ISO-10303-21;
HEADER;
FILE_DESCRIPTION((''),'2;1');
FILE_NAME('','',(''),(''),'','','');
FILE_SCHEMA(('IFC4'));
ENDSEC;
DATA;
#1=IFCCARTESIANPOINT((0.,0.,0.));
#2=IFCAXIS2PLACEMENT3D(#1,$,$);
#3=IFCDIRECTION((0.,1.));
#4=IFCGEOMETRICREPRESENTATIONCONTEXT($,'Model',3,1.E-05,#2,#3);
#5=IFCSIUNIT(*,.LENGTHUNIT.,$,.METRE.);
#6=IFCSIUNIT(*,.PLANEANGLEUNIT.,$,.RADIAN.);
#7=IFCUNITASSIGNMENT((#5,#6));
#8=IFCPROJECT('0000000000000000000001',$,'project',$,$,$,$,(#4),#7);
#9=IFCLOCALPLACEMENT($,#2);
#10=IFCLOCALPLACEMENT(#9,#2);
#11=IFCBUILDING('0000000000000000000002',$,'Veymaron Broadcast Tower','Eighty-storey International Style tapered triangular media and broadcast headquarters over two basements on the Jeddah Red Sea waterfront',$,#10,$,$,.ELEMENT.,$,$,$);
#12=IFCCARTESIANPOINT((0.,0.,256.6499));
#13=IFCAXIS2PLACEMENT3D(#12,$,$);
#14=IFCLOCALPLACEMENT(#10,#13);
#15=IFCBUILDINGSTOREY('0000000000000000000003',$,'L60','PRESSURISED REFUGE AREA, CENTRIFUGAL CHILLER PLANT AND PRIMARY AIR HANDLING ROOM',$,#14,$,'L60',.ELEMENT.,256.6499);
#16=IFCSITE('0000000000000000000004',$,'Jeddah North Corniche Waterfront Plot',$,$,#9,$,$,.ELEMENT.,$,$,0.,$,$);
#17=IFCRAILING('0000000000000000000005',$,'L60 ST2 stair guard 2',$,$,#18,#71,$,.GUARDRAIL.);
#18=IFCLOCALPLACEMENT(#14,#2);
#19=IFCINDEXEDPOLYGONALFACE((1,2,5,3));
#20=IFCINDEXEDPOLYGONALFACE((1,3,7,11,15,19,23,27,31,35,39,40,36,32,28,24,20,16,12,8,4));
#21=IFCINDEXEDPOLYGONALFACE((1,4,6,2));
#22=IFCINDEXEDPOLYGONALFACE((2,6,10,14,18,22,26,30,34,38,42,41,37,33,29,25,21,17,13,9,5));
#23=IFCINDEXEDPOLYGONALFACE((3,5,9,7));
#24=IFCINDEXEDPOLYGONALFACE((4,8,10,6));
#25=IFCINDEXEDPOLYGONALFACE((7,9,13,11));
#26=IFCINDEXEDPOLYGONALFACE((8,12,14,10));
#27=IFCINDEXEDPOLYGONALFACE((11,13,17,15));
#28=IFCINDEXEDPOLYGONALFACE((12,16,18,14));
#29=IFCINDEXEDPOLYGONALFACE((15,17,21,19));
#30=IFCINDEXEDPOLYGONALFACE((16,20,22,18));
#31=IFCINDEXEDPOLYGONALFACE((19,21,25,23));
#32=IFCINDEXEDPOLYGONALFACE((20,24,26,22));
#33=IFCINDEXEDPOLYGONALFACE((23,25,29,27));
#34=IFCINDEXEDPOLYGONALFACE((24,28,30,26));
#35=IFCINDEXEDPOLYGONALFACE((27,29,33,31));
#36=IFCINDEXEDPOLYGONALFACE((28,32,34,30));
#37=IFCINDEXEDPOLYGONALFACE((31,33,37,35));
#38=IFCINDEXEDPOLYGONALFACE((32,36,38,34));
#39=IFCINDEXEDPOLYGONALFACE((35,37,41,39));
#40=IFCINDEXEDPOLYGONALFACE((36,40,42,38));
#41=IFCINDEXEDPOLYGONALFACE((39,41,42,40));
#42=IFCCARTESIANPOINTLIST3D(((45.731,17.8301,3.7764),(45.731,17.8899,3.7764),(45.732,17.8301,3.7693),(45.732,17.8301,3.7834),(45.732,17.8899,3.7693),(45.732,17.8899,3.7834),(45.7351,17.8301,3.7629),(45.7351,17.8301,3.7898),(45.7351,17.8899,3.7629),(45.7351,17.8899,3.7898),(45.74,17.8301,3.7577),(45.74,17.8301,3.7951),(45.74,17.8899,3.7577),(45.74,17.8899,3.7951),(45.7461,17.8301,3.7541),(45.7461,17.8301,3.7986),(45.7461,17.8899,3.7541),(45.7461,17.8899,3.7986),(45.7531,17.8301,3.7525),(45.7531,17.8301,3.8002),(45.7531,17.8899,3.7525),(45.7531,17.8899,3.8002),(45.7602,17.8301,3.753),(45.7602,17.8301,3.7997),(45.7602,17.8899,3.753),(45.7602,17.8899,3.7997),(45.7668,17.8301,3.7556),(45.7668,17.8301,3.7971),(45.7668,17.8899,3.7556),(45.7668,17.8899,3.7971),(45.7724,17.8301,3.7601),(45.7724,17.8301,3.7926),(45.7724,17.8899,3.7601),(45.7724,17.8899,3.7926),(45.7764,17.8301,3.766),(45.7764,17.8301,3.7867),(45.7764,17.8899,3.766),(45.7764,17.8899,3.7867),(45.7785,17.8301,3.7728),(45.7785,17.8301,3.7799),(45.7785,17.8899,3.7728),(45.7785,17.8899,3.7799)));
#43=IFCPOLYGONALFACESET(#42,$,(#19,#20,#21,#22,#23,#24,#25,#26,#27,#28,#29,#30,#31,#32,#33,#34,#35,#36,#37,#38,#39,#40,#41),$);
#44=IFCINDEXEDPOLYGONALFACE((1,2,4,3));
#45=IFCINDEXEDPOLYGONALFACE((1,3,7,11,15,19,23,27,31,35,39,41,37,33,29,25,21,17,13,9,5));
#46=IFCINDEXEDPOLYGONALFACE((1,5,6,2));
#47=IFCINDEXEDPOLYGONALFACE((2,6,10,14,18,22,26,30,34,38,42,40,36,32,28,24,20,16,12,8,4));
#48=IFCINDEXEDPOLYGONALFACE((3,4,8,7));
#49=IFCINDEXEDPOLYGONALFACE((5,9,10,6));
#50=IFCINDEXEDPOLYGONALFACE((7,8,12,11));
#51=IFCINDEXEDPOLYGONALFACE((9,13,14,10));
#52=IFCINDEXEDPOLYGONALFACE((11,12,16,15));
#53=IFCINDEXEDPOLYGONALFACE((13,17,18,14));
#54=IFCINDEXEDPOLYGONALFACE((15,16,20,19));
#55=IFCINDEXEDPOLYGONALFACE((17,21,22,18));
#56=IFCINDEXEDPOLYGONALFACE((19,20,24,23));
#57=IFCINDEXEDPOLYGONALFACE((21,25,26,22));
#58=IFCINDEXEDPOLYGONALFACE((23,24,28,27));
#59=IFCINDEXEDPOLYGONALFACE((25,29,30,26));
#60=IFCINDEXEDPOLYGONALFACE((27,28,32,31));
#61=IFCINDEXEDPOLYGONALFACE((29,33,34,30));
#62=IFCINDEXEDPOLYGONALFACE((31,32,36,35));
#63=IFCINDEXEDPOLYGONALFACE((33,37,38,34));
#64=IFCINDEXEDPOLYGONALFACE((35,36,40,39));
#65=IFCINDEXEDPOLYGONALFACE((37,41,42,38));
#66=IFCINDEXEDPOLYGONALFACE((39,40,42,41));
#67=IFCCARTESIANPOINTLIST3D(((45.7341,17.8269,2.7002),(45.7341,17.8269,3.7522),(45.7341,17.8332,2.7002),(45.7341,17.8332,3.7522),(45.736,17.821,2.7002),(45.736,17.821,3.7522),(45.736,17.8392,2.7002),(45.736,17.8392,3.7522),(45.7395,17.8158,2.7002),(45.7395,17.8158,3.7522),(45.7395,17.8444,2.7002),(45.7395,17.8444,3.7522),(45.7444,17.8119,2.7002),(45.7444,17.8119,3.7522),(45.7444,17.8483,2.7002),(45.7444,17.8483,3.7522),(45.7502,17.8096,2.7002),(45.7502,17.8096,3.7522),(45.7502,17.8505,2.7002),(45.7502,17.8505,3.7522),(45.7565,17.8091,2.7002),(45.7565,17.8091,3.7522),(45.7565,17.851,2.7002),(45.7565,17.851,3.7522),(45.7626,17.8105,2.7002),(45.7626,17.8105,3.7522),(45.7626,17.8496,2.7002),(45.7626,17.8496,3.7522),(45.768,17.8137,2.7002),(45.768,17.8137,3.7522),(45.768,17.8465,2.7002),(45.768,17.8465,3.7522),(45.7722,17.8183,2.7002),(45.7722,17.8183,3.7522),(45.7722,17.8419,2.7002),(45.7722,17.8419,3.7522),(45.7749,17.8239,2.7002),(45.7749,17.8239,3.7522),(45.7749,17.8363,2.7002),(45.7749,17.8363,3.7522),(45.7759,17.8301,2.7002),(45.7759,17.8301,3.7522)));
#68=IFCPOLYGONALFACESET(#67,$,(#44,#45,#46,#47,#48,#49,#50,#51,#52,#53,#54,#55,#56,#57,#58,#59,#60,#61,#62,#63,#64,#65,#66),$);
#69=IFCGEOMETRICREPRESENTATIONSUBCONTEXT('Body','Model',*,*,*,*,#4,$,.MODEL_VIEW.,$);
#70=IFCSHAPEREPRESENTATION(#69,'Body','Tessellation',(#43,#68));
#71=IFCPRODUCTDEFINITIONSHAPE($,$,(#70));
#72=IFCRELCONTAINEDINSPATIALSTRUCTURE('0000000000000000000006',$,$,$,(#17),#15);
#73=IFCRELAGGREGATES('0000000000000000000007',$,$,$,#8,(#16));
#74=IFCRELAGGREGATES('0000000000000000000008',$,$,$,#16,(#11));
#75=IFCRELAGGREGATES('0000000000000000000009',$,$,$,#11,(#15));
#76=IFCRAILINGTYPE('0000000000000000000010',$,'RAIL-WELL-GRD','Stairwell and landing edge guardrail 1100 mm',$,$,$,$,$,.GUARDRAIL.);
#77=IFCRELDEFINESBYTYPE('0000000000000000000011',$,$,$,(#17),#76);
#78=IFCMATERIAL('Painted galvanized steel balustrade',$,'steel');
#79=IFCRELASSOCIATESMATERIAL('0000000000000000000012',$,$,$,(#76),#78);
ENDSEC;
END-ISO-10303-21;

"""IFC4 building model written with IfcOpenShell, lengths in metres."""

from ifc_helpers import new_model, si_unit, direction, frame, origin, origin_2d, place, context, subcontext, project, spatial, circle, extrude, material, type_object, element, save


model = new_model("IFC4")

# Units and contexts
model_context = context("Model", 3, precision=1e-05, world=origin(), true_north=direction((0.0, 1.0)))
body_context = subcontext(model_context, "Body", "Model", "MODEL_VIEW")
ifc_project = project(units=[si_unit("LENGTHUNIT", "METRE"), si_unit("PLANEANGLEUNIT", "RADIAN")], contexts=[model_context])

# Site, building, storey
site_placement = place(None, origin())
site = spatial("IfcSite", under=ifc_project, at=site_placement, Name="Jeddah North Corniche Waterfront Plot", CompositionType="ELEMENT", RefElevation=0.0)
building_placement = place(site_placement, origin())
building = spatial("IfcBuilding", under=site, at=building_placement, Name="Veymaron Broadcast Tower", Description="Eighty-storey International Style tapered triangular media and broadcast headquarters over two basements on the Jeddah Red Sea waterfront", CompositionType="ELEMENT")
storey_placement = place(building_placement, frame((0.0, 0.0, 256.6499)))
storey = spatial("IfcBuildingStorey", under=building, at=storey_placement, Name="L60", Description="PRESSURISED REFUGE AREA, CENTRIFUGAL CHILLER PLANT AND PRIMARY AIR HANDLING ROOM", LongName="L60", CompositionType="ELEMENT", Elevation=256.6499)

# Railing
ifc_material_1 = material(Name="Painted galvanized steel balustrade", Category="steel")
railing_type_1 = type_object("IfcRailingType", Name="RAIL-WELL-GRD", Description="Stairwell and landing edge guardrail 1100 mm", PredefinedType="GUARDRAIL", material=ifc_material_1)
railing_1_placement = place(storey_placement, frame((45.7549, 17.8301, 2.7002)))
element("IfcRailing", 1, at=railing_1_placement, inside=storey, type_object=railing_type_1, Name="L60 ST2 stair guard 2", PredefinedType="GUARDRAIL", context=body_context, shape_type="SweptSolid", body=[
    extrude(circle(Radius=0.0239, at=origin_2d()), frame((0.0, 0.0, 1.0762), z_axis=(0.0, 1.0, 0.0), x_axis=(-1.0, 0.0, 0.0)), (0.0, 0.0, 1.0), 0.0598),
    extrude(circle(Radius=0.021, at=origin_2d()), origin(), (0.0, 0.0, 1.0), 1.052),
])

save(model, "model.ifc")
